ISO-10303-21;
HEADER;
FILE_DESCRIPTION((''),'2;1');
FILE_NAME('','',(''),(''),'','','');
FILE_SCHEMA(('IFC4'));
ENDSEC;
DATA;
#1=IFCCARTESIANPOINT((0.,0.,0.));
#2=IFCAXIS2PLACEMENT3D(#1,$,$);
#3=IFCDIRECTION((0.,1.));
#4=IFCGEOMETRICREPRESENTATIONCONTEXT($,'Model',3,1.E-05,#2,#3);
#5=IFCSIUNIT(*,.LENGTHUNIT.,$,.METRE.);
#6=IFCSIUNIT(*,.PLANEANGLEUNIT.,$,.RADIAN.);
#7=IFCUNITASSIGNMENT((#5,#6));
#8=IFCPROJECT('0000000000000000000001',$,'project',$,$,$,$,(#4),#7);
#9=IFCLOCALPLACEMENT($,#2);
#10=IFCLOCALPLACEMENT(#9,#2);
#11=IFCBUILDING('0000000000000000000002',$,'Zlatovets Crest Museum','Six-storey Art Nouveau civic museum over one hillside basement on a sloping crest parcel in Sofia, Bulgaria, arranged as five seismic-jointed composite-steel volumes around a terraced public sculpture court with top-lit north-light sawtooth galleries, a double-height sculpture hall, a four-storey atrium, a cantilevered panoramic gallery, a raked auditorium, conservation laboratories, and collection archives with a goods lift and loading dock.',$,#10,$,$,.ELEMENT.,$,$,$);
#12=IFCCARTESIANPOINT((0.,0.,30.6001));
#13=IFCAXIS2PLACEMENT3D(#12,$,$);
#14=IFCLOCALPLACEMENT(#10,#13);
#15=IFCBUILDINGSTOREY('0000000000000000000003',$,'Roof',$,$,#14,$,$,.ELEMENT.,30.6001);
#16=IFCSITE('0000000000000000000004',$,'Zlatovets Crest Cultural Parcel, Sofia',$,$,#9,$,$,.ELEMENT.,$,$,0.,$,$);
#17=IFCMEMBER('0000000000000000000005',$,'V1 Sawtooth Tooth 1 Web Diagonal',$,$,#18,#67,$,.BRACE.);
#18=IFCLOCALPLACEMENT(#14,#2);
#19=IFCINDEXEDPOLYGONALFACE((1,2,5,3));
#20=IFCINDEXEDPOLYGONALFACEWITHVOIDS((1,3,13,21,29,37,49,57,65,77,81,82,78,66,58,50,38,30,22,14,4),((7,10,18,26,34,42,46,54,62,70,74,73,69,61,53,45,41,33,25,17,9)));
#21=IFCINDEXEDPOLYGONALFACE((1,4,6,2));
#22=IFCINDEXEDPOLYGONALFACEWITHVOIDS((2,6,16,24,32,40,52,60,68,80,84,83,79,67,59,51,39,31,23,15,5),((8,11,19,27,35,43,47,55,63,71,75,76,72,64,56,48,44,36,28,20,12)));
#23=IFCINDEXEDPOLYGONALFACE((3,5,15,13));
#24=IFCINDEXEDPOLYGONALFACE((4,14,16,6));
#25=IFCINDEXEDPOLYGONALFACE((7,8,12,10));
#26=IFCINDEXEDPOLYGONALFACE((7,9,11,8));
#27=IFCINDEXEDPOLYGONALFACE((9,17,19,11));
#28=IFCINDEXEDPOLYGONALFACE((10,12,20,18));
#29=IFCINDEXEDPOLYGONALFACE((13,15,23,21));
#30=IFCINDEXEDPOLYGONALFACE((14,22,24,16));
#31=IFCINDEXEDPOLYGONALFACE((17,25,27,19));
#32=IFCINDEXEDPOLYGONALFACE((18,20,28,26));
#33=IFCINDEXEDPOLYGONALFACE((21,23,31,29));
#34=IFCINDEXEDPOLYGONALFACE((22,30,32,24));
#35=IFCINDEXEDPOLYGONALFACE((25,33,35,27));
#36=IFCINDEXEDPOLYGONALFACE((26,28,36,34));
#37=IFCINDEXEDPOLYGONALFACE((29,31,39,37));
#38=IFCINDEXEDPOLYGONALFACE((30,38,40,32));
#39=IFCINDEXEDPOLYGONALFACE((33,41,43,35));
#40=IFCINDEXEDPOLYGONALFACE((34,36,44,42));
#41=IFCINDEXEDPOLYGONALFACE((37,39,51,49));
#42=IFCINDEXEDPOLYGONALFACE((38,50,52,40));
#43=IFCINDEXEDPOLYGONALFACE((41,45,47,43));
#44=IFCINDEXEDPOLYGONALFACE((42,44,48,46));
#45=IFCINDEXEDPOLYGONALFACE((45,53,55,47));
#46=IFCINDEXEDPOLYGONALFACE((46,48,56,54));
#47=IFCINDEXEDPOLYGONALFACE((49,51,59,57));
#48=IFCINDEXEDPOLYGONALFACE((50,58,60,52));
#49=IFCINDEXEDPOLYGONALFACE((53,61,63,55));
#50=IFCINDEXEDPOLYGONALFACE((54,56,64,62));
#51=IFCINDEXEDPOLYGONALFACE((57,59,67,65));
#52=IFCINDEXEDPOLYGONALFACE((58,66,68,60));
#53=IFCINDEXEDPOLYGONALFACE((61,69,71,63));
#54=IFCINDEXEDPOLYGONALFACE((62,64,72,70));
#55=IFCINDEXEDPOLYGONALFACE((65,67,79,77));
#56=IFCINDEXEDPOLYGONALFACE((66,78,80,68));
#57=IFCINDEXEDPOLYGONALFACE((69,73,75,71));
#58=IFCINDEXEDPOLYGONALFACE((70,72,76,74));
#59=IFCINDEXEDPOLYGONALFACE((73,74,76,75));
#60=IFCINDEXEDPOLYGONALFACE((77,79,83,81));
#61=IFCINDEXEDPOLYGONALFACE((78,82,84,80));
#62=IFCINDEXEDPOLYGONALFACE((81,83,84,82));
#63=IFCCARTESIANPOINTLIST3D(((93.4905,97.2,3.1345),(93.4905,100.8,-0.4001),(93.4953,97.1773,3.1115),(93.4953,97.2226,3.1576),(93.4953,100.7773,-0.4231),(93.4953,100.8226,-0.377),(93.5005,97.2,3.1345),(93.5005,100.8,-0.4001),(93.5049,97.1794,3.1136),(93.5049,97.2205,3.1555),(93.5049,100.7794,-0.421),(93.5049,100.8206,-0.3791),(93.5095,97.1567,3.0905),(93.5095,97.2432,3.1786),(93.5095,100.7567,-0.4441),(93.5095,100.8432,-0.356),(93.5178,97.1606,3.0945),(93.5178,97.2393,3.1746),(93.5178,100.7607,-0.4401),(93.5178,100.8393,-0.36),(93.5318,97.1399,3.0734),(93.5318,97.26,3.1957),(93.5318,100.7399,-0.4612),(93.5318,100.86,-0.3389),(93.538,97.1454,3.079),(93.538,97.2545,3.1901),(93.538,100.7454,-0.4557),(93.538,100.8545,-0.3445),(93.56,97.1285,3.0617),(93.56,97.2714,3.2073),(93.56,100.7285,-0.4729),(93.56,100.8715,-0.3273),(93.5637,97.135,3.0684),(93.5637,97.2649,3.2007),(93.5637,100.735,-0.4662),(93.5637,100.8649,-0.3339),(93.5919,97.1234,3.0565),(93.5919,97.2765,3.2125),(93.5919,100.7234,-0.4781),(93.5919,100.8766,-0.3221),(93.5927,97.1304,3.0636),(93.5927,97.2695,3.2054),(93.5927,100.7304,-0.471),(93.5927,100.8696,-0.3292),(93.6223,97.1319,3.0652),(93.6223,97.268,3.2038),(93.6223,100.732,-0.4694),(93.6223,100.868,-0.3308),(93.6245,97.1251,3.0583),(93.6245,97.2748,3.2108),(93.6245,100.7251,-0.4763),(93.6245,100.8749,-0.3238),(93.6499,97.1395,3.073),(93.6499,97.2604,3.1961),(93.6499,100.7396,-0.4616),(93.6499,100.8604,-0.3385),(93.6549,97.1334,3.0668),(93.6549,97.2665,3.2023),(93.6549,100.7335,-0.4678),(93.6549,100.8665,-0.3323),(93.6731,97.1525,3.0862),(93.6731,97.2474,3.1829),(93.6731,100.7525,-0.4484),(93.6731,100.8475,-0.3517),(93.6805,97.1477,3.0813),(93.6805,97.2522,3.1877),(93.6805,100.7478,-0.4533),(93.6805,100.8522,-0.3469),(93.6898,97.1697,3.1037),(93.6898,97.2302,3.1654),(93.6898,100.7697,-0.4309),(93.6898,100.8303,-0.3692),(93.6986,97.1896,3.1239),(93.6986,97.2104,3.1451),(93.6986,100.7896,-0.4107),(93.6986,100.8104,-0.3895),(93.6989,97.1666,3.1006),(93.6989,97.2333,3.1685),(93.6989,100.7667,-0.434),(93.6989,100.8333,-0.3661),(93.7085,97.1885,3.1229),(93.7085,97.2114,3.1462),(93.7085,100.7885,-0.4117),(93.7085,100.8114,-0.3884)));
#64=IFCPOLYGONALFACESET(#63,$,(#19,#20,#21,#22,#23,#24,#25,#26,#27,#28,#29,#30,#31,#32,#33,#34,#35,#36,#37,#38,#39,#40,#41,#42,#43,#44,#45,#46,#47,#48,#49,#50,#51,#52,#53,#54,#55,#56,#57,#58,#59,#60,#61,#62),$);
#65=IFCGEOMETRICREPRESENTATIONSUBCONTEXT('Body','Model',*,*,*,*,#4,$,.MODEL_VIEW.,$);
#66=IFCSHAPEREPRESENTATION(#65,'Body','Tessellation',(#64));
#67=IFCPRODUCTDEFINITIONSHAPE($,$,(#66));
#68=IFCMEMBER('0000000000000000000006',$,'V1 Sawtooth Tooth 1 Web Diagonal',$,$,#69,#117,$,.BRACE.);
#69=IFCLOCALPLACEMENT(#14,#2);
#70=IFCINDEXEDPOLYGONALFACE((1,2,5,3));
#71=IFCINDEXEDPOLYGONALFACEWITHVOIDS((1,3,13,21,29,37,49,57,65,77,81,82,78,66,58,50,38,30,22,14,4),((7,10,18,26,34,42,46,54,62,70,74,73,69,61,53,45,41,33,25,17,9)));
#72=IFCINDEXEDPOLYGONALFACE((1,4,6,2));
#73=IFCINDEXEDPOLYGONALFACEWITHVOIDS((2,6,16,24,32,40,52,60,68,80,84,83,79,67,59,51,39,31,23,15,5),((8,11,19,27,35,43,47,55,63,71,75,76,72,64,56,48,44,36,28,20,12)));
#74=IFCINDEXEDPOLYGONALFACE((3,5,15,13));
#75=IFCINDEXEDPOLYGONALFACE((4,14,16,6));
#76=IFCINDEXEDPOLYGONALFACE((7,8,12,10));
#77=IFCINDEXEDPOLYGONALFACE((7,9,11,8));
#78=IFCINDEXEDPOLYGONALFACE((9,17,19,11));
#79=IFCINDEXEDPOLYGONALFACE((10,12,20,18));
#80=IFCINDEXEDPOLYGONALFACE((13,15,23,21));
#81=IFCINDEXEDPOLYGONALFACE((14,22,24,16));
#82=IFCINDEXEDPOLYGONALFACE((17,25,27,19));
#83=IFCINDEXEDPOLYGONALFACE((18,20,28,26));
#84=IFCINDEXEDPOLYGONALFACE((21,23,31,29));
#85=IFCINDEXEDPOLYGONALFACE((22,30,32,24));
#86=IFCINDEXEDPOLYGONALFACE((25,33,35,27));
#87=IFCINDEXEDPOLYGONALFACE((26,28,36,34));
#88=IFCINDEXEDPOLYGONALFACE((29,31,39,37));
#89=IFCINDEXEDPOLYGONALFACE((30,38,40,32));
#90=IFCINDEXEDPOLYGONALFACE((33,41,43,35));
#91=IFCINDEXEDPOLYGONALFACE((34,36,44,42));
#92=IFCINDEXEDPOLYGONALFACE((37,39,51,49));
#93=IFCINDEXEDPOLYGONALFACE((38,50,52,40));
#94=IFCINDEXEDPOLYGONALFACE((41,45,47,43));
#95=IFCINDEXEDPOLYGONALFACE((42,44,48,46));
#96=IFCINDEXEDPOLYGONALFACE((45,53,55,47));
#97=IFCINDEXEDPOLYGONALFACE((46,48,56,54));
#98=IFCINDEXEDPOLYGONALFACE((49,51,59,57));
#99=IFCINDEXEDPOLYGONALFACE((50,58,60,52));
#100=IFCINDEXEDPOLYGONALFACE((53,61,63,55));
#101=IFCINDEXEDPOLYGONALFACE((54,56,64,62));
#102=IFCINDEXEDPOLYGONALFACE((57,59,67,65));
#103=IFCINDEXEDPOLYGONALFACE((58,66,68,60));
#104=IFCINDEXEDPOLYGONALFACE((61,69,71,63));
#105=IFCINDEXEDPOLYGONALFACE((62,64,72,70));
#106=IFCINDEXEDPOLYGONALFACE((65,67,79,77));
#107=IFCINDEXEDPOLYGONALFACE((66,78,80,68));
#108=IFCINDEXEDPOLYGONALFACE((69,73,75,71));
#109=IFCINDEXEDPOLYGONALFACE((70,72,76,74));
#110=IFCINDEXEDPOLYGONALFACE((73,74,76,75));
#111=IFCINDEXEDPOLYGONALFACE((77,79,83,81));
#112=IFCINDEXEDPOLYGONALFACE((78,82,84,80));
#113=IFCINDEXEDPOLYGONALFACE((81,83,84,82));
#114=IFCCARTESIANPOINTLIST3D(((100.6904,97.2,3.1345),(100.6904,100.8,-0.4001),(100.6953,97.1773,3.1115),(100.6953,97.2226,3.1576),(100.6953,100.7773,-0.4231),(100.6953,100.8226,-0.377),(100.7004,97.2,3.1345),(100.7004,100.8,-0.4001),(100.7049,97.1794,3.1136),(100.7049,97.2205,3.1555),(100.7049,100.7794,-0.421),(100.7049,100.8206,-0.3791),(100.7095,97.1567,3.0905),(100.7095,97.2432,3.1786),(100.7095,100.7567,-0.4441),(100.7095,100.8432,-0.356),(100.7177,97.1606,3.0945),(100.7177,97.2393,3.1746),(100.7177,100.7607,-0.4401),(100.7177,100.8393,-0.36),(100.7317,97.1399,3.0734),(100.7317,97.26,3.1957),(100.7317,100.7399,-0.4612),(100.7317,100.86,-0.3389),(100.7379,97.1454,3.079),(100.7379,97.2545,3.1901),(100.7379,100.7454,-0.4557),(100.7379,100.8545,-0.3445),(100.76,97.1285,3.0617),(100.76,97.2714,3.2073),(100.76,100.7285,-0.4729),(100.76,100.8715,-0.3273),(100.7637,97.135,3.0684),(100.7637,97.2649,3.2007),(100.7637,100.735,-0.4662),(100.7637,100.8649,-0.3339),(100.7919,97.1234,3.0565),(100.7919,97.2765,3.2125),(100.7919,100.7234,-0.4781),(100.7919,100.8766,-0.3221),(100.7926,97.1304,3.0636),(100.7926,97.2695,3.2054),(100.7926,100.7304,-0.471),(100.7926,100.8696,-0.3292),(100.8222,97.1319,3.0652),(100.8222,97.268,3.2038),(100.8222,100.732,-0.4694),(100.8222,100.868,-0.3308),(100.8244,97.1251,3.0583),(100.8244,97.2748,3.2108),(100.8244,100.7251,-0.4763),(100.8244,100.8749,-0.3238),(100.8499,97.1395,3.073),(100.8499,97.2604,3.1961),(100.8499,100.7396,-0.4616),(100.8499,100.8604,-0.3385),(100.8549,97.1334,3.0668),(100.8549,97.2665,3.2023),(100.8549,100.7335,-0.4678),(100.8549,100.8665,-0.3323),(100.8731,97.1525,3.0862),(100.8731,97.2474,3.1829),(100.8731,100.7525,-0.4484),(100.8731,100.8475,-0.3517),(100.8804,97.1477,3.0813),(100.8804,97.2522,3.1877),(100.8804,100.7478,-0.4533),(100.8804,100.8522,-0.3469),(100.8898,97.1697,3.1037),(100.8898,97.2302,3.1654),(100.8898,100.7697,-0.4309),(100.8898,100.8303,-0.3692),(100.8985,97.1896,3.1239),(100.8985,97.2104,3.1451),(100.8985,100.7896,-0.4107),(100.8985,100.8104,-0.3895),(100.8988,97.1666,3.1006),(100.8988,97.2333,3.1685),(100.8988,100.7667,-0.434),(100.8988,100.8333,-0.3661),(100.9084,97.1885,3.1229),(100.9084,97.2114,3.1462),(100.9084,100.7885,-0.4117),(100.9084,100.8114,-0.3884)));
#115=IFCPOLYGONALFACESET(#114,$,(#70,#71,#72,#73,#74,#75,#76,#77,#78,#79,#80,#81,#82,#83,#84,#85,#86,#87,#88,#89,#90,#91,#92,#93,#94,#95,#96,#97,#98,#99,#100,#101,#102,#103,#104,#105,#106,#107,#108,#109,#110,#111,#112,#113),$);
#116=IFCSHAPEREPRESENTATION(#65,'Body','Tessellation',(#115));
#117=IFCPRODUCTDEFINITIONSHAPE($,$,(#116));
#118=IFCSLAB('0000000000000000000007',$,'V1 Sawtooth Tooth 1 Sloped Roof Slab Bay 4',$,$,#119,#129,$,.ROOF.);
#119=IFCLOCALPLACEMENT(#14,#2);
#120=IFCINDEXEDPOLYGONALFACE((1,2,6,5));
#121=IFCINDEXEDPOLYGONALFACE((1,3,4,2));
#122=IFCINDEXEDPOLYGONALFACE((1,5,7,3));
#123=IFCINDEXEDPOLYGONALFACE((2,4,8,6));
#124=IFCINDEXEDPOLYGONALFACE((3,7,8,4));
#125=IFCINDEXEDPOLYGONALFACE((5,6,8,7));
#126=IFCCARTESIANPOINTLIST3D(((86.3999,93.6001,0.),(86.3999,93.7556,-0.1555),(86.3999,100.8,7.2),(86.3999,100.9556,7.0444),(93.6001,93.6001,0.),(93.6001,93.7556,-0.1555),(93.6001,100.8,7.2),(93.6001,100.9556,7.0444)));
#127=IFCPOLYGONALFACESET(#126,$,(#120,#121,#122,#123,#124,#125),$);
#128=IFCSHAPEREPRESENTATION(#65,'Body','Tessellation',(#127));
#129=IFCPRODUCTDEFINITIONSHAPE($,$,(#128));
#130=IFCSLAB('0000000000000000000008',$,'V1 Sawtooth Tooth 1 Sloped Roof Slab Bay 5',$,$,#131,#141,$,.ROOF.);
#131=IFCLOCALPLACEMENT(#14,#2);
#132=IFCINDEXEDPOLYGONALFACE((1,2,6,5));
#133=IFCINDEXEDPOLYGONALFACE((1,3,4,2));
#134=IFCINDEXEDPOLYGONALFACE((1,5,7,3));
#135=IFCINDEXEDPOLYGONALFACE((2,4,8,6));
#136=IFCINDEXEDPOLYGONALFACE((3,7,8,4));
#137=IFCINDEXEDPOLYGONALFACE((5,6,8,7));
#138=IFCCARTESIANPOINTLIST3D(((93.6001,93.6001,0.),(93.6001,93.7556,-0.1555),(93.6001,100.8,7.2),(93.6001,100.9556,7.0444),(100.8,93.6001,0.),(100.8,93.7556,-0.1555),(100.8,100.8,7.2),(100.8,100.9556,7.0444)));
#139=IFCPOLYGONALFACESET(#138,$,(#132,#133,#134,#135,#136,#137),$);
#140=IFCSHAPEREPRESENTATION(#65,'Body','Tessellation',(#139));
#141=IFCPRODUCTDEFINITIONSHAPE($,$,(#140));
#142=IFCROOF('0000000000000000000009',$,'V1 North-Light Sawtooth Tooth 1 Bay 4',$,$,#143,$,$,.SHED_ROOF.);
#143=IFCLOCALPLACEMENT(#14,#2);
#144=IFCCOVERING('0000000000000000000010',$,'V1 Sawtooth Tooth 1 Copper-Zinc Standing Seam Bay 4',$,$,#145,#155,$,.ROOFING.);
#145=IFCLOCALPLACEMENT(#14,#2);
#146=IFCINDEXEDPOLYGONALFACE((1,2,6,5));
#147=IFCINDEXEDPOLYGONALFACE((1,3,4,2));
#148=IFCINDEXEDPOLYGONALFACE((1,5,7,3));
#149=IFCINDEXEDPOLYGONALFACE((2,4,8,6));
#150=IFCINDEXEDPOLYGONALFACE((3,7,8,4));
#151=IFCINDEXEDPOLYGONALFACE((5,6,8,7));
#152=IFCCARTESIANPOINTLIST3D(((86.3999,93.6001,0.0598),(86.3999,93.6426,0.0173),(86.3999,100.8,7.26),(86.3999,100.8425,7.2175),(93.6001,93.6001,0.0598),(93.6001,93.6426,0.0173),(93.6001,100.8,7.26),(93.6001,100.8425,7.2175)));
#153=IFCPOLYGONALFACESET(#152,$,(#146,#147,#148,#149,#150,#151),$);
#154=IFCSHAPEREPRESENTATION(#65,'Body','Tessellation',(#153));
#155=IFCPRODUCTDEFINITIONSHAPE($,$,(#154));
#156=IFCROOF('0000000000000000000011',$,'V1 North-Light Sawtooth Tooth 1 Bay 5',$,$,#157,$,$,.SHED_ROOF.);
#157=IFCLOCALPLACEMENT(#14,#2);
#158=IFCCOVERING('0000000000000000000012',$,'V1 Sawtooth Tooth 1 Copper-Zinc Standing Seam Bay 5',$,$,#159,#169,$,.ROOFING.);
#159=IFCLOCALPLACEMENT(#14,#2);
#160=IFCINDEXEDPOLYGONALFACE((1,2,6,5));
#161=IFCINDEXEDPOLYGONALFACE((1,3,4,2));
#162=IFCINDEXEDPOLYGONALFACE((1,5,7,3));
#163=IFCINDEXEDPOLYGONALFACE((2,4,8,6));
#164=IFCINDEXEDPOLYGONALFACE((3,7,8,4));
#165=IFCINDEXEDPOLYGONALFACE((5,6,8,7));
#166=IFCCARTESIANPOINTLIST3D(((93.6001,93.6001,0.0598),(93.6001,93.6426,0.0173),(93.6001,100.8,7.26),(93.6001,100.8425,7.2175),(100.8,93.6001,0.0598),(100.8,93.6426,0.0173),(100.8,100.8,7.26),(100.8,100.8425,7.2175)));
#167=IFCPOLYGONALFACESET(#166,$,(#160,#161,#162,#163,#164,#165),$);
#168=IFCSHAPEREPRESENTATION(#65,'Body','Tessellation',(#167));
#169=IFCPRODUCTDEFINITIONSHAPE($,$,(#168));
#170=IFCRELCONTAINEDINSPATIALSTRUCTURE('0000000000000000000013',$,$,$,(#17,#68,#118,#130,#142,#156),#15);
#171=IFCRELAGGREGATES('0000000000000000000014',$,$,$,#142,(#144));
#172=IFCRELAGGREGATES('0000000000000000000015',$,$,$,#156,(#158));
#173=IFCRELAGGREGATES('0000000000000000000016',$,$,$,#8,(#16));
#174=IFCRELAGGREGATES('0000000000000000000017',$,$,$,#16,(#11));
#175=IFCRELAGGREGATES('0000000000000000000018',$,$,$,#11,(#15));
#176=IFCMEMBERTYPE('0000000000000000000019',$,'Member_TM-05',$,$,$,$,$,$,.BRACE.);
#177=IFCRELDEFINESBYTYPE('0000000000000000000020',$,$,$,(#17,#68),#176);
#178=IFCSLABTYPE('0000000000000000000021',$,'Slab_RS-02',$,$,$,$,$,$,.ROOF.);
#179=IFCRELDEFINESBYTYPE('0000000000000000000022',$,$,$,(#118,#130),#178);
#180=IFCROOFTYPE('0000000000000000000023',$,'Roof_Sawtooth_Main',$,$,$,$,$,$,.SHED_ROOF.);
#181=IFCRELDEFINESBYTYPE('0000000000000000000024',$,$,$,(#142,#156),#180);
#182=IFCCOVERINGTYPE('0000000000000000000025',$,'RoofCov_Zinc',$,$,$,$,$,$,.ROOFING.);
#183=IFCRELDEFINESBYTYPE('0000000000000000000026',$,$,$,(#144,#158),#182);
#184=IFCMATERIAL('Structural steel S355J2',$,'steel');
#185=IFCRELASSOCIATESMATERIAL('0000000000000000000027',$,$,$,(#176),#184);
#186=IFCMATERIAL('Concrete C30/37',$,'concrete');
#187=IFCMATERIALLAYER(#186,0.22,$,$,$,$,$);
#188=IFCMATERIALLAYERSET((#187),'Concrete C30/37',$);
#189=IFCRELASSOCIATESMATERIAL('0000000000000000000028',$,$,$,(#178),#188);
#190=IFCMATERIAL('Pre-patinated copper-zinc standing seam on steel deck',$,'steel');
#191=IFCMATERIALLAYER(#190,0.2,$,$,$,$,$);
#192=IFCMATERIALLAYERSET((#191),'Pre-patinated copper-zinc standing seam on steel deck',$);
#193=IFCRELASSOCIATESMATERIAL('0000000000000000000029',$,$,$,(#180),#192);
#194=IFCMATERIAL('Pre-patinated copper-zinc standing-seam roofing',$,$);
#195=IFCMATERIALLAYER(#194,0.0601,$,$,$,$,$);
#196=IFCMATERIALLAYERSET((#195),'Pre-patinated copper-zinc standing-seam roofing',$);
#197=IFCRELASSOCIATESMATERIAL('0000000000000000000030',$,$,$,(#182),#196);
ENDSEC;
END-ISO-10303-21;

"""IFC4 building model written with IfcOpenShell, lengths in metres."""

from ifc_helpers import new_model, si_unit, direction, frame, origin, origin_2d, place, context, subcontext, project, spatial, polyline, hollow_circle, outline, extrude, material, layer, layer_set, material_profile, profile_set, type_object, element, aggregate, save


model = new_model("IFC4")

# Units and contexts
model_context = context("Model", 3, precision=1e-05, world=origin(), true_north=direction((0.0, 1.0)))
body_context = subcontext(model_context, "Body", "Model", "MODEL_VIEW")
ifc_project = project(units=[si_unit("LENGTHUNIT", "METRE"), si_unit("PLANEANGLEUNIT", "RADIAN")], contexts=[model_context])

# Site, building, storey
site_placement = place(None, origin())
site = spatial("IfcSite", under=ifc_project, at=site_placement, Name="Zlatovets Crest Cultural Parcel, Sofia", CompositionType="ELEMENT", RefElevation=0.0)
building_placement = place(site_placement, origin())
building = spatial("IfcBuilding", under=site, at=building_placement, Name="Zlatovets Crest Museum", Description="Six-storey Art Nouveau civic museum over one hillside basement on a sloping crest parcel in Sofia, Bulgaria, arranged as five seismic-jointed composite-steel volumes around a terraced public sculpture court with top-lit north-light sawtooth galleries, a double-height sculpture hall, a four-storey atrium, a cantilevered panoramic gallery, a raked auditorium, conservation laboratories, and collection archives with a goods lift and loading dock.", CompositionType="ELEMENT")
storey_placement = place(building_placement, frame((0.0, 0.0, 30.6001)))
storey = spatial("IfcBuildingStorey", under=building, at=storey_placement, Name="Roof", CompositionType="ELEMENT", Elevation=30.6001)

# Shared definitions
ifc_material_1 = material(Name="Structural steel S355J2", Category="steel")

# Members
ifc_material_profile_1 = material_profile(ifc_material_1, hollow_circle(Radius=0.1096, WallThickness=0.01, at=origin_2d()), Name="CHS 219.1x10.0")
ifc_profile_set_1 = profile_set([ifc_material_profile_1], Name="Structural steel S355J2")
member_type_1 = type_object("IfcMemberType", Name="Member_TM-05", PredefinedType="BRACE", material=ifc_profile_set_1)
for number, where, z_axis, x_axis, name in (
    (1, (93.6001, 97.2, 3.1345), (0.0, 0.713561, -0.700593), (-1.0, 0.0, 0.0), "V1 Sawtooth Tooth 1 Web Diagonal"),
    (2, (100.8, 97.2, 3.1345), (0.0, 0.713561, -0.700593), (-1.0, 0.0, 0.0), "V1 Sawtooth Tooth 1 Web Diagonal"),
):
    element("IfcMember", number, at=place(storey_placement, frame(where, z_axis=z_axis, x_axis=x_axis)), inside=storey, type_object=member_type_1, Name=name, PredefinedType="BRACE", context=body_context, shape_type="SweptSolid", body=[
        extrude(hollow_circle(Radius=0.1096, WallThickness=0.01, at=origin_2d()), origin(), (0.0, 0.0, 1.0), 5.0452),
    ])

# Slabs
ifc_material_2 = material(Name="Concrete C30/37", Category="concrete")
ifc_layer_1 = layer(ifc_material_2, 0.22)
ifc_layer_set_1 = layer_set([ifc_layer_1], Name="Concrete C30/37")
slab_type = type_object("IfcSlabType", Name="Slab_RS-02", PredefinedType="ROOF", material=ifc_layer_set_1)
slab_1_placement = place(storey_placement, frame((86.3999, 93.6001, 0.0), z_axis=(0.0, -0.707107, 0.707107), x_axis=(1.0, 0.0, 0.0)))
element("IfcSlab", 3, at=slab_1_placement, inside=storey, type_object=slab_type, Name="V1 Sawtooth Tooth 1 Sloped Roof Slab Bay 4", PredefinedType="ROOF", context=body_context, shape_type="SweptSolid", body=[
    extrude(outline(polyline([(0.0, 0.0), (7.2002, 0.0), (7.2002, 10.1823), (0.0, 10.1823), (0.0, 0.0)])), origin(), (0.0, 0.0, -1.0), 0.22),
])
slab_2_placement = place(storey_placement, frame((93.6001, 93.6001, 0.0), z_axis=(0.0, -0.707107, 0.707107), x_axis=(1.0, 0.0, 0.0)))
element("IfcSlab", 4, at=slab_2_placement, inside=storey, type_object=slab_type, Name="V1 Sawtooth Tooth 1 Sloped Roof Slab Bay 5", PredefinedType="ROOF", context=body_context, shape_type="SweptSolid", body=[
    extrude(outline(polyline([(0.0, 0.0), (7.2, 0.0), (7.2, 10.1823), (0.0, 10.1823), (0.0, 0.0)])), origin(), (0.0, 0.0, -1.0), 0.22),
])

# Roofs, coverings
ifc_material_3 = material(Name="Pre-patinated copper-zinc standing seam on steel deck", Category="steel")
ifc_layer_2 = layer(ifc_material_3, 0.2)
ifc_layer_set_2 = layer_set([ifc_layer_2], Name="Pre-patinated copper-zinc standing seam on steel deck")
roof_type = type_object("IfcRoofType", Name="Roof_Sawtooth_Main", PredefinedType="SHED_ROOF", material=ifc_layer_set_2)
roof_1_placement = place(storey_placement, origin())
roof_1 = element("IfcRoof", 5, at=roof_1_placement, inside=storey, type_object=roof_type, Name="V1 North-Light Sawtooth Tooth 1 Bay 4", PredefinedType="SHED_ROOF")
ifc_material_4 = material(Name="Pre-patinated copper-zinc standing-seam roofing")
ifc_layer_3 = layer(ifc_material_4, 0.0601)
ifc_layer_set_3 = layer_set([ifc_layer_3], Name="Pre-patinated copper-zinc standing-seam roofing")
covering_type = type_object("IfcCoveringType", Name="RoofCov_Zinc", PredefinedType="ROOFING", material=ifc_layer_set_3)
covering_1_placement = place(storey_placement, frame((86.3999, 93.6001, 0.0598), z_axis=(0.0, -0.707119, 0.707095), x_axis=(1.0, 0.0, 0.0)))
covering_1 = element("IfcCovering", 6, at=covering_1_placement, type_object=covering_type, Name="V1 Sawtooth Tooth 1 Copper-Zinc Standing Seam Bay 4", PredefinedType="ROOFING", context=body_context, shape_type="SweptSolid", body=[
    extrude(outline(polyline([(0.0, 0.0), (7.2002, 0.0), (7.2002, 10.1824), (0.0, 10.1824), (0.0, 0.0)])), origin(), (0.0, 0.0, -1.0), 0.0601),
])
aggregate(roof_1, [covering_1])
roof_2_placement = place(storey_placement, origin())
roof_2 = element("IfcRoof", 7, at=roof_2_placement, inside=storey, type_object=roof_type, Name="V1 North-Light Sawtooth Tooth 1 Bay 5", PredefinedType="SHED_ROOF")
covering_2_placement = place(storey_placement, frame((93.6001, 93.6001, 0.0598), z_axis=(0.0, -0.707119, 0.707095), x_axis=(1.0, 0.0, 0.0)))
covering_2 = element("IfcCovering", 8, at=covering_2_placement, type_object=covering_type, Name="V1 Sawtooth Tooth 1 Copper-Zinc Standing Seam Bay 5", PredefinedType="ROOFING", context=body_context, shape_type="SweptSolid", body=[
    extrude(outline(polyline([(0.0, 0.0), (7.2, 0.0), (7.2, 10.1824), (0.0, 10.1824), (0.0, 0.0)])), origin(), (0.0, 0.0, -1.0), 0.0601),
])
aggregate(roof_2, [covering_2])

save(model, "model.ifc")
